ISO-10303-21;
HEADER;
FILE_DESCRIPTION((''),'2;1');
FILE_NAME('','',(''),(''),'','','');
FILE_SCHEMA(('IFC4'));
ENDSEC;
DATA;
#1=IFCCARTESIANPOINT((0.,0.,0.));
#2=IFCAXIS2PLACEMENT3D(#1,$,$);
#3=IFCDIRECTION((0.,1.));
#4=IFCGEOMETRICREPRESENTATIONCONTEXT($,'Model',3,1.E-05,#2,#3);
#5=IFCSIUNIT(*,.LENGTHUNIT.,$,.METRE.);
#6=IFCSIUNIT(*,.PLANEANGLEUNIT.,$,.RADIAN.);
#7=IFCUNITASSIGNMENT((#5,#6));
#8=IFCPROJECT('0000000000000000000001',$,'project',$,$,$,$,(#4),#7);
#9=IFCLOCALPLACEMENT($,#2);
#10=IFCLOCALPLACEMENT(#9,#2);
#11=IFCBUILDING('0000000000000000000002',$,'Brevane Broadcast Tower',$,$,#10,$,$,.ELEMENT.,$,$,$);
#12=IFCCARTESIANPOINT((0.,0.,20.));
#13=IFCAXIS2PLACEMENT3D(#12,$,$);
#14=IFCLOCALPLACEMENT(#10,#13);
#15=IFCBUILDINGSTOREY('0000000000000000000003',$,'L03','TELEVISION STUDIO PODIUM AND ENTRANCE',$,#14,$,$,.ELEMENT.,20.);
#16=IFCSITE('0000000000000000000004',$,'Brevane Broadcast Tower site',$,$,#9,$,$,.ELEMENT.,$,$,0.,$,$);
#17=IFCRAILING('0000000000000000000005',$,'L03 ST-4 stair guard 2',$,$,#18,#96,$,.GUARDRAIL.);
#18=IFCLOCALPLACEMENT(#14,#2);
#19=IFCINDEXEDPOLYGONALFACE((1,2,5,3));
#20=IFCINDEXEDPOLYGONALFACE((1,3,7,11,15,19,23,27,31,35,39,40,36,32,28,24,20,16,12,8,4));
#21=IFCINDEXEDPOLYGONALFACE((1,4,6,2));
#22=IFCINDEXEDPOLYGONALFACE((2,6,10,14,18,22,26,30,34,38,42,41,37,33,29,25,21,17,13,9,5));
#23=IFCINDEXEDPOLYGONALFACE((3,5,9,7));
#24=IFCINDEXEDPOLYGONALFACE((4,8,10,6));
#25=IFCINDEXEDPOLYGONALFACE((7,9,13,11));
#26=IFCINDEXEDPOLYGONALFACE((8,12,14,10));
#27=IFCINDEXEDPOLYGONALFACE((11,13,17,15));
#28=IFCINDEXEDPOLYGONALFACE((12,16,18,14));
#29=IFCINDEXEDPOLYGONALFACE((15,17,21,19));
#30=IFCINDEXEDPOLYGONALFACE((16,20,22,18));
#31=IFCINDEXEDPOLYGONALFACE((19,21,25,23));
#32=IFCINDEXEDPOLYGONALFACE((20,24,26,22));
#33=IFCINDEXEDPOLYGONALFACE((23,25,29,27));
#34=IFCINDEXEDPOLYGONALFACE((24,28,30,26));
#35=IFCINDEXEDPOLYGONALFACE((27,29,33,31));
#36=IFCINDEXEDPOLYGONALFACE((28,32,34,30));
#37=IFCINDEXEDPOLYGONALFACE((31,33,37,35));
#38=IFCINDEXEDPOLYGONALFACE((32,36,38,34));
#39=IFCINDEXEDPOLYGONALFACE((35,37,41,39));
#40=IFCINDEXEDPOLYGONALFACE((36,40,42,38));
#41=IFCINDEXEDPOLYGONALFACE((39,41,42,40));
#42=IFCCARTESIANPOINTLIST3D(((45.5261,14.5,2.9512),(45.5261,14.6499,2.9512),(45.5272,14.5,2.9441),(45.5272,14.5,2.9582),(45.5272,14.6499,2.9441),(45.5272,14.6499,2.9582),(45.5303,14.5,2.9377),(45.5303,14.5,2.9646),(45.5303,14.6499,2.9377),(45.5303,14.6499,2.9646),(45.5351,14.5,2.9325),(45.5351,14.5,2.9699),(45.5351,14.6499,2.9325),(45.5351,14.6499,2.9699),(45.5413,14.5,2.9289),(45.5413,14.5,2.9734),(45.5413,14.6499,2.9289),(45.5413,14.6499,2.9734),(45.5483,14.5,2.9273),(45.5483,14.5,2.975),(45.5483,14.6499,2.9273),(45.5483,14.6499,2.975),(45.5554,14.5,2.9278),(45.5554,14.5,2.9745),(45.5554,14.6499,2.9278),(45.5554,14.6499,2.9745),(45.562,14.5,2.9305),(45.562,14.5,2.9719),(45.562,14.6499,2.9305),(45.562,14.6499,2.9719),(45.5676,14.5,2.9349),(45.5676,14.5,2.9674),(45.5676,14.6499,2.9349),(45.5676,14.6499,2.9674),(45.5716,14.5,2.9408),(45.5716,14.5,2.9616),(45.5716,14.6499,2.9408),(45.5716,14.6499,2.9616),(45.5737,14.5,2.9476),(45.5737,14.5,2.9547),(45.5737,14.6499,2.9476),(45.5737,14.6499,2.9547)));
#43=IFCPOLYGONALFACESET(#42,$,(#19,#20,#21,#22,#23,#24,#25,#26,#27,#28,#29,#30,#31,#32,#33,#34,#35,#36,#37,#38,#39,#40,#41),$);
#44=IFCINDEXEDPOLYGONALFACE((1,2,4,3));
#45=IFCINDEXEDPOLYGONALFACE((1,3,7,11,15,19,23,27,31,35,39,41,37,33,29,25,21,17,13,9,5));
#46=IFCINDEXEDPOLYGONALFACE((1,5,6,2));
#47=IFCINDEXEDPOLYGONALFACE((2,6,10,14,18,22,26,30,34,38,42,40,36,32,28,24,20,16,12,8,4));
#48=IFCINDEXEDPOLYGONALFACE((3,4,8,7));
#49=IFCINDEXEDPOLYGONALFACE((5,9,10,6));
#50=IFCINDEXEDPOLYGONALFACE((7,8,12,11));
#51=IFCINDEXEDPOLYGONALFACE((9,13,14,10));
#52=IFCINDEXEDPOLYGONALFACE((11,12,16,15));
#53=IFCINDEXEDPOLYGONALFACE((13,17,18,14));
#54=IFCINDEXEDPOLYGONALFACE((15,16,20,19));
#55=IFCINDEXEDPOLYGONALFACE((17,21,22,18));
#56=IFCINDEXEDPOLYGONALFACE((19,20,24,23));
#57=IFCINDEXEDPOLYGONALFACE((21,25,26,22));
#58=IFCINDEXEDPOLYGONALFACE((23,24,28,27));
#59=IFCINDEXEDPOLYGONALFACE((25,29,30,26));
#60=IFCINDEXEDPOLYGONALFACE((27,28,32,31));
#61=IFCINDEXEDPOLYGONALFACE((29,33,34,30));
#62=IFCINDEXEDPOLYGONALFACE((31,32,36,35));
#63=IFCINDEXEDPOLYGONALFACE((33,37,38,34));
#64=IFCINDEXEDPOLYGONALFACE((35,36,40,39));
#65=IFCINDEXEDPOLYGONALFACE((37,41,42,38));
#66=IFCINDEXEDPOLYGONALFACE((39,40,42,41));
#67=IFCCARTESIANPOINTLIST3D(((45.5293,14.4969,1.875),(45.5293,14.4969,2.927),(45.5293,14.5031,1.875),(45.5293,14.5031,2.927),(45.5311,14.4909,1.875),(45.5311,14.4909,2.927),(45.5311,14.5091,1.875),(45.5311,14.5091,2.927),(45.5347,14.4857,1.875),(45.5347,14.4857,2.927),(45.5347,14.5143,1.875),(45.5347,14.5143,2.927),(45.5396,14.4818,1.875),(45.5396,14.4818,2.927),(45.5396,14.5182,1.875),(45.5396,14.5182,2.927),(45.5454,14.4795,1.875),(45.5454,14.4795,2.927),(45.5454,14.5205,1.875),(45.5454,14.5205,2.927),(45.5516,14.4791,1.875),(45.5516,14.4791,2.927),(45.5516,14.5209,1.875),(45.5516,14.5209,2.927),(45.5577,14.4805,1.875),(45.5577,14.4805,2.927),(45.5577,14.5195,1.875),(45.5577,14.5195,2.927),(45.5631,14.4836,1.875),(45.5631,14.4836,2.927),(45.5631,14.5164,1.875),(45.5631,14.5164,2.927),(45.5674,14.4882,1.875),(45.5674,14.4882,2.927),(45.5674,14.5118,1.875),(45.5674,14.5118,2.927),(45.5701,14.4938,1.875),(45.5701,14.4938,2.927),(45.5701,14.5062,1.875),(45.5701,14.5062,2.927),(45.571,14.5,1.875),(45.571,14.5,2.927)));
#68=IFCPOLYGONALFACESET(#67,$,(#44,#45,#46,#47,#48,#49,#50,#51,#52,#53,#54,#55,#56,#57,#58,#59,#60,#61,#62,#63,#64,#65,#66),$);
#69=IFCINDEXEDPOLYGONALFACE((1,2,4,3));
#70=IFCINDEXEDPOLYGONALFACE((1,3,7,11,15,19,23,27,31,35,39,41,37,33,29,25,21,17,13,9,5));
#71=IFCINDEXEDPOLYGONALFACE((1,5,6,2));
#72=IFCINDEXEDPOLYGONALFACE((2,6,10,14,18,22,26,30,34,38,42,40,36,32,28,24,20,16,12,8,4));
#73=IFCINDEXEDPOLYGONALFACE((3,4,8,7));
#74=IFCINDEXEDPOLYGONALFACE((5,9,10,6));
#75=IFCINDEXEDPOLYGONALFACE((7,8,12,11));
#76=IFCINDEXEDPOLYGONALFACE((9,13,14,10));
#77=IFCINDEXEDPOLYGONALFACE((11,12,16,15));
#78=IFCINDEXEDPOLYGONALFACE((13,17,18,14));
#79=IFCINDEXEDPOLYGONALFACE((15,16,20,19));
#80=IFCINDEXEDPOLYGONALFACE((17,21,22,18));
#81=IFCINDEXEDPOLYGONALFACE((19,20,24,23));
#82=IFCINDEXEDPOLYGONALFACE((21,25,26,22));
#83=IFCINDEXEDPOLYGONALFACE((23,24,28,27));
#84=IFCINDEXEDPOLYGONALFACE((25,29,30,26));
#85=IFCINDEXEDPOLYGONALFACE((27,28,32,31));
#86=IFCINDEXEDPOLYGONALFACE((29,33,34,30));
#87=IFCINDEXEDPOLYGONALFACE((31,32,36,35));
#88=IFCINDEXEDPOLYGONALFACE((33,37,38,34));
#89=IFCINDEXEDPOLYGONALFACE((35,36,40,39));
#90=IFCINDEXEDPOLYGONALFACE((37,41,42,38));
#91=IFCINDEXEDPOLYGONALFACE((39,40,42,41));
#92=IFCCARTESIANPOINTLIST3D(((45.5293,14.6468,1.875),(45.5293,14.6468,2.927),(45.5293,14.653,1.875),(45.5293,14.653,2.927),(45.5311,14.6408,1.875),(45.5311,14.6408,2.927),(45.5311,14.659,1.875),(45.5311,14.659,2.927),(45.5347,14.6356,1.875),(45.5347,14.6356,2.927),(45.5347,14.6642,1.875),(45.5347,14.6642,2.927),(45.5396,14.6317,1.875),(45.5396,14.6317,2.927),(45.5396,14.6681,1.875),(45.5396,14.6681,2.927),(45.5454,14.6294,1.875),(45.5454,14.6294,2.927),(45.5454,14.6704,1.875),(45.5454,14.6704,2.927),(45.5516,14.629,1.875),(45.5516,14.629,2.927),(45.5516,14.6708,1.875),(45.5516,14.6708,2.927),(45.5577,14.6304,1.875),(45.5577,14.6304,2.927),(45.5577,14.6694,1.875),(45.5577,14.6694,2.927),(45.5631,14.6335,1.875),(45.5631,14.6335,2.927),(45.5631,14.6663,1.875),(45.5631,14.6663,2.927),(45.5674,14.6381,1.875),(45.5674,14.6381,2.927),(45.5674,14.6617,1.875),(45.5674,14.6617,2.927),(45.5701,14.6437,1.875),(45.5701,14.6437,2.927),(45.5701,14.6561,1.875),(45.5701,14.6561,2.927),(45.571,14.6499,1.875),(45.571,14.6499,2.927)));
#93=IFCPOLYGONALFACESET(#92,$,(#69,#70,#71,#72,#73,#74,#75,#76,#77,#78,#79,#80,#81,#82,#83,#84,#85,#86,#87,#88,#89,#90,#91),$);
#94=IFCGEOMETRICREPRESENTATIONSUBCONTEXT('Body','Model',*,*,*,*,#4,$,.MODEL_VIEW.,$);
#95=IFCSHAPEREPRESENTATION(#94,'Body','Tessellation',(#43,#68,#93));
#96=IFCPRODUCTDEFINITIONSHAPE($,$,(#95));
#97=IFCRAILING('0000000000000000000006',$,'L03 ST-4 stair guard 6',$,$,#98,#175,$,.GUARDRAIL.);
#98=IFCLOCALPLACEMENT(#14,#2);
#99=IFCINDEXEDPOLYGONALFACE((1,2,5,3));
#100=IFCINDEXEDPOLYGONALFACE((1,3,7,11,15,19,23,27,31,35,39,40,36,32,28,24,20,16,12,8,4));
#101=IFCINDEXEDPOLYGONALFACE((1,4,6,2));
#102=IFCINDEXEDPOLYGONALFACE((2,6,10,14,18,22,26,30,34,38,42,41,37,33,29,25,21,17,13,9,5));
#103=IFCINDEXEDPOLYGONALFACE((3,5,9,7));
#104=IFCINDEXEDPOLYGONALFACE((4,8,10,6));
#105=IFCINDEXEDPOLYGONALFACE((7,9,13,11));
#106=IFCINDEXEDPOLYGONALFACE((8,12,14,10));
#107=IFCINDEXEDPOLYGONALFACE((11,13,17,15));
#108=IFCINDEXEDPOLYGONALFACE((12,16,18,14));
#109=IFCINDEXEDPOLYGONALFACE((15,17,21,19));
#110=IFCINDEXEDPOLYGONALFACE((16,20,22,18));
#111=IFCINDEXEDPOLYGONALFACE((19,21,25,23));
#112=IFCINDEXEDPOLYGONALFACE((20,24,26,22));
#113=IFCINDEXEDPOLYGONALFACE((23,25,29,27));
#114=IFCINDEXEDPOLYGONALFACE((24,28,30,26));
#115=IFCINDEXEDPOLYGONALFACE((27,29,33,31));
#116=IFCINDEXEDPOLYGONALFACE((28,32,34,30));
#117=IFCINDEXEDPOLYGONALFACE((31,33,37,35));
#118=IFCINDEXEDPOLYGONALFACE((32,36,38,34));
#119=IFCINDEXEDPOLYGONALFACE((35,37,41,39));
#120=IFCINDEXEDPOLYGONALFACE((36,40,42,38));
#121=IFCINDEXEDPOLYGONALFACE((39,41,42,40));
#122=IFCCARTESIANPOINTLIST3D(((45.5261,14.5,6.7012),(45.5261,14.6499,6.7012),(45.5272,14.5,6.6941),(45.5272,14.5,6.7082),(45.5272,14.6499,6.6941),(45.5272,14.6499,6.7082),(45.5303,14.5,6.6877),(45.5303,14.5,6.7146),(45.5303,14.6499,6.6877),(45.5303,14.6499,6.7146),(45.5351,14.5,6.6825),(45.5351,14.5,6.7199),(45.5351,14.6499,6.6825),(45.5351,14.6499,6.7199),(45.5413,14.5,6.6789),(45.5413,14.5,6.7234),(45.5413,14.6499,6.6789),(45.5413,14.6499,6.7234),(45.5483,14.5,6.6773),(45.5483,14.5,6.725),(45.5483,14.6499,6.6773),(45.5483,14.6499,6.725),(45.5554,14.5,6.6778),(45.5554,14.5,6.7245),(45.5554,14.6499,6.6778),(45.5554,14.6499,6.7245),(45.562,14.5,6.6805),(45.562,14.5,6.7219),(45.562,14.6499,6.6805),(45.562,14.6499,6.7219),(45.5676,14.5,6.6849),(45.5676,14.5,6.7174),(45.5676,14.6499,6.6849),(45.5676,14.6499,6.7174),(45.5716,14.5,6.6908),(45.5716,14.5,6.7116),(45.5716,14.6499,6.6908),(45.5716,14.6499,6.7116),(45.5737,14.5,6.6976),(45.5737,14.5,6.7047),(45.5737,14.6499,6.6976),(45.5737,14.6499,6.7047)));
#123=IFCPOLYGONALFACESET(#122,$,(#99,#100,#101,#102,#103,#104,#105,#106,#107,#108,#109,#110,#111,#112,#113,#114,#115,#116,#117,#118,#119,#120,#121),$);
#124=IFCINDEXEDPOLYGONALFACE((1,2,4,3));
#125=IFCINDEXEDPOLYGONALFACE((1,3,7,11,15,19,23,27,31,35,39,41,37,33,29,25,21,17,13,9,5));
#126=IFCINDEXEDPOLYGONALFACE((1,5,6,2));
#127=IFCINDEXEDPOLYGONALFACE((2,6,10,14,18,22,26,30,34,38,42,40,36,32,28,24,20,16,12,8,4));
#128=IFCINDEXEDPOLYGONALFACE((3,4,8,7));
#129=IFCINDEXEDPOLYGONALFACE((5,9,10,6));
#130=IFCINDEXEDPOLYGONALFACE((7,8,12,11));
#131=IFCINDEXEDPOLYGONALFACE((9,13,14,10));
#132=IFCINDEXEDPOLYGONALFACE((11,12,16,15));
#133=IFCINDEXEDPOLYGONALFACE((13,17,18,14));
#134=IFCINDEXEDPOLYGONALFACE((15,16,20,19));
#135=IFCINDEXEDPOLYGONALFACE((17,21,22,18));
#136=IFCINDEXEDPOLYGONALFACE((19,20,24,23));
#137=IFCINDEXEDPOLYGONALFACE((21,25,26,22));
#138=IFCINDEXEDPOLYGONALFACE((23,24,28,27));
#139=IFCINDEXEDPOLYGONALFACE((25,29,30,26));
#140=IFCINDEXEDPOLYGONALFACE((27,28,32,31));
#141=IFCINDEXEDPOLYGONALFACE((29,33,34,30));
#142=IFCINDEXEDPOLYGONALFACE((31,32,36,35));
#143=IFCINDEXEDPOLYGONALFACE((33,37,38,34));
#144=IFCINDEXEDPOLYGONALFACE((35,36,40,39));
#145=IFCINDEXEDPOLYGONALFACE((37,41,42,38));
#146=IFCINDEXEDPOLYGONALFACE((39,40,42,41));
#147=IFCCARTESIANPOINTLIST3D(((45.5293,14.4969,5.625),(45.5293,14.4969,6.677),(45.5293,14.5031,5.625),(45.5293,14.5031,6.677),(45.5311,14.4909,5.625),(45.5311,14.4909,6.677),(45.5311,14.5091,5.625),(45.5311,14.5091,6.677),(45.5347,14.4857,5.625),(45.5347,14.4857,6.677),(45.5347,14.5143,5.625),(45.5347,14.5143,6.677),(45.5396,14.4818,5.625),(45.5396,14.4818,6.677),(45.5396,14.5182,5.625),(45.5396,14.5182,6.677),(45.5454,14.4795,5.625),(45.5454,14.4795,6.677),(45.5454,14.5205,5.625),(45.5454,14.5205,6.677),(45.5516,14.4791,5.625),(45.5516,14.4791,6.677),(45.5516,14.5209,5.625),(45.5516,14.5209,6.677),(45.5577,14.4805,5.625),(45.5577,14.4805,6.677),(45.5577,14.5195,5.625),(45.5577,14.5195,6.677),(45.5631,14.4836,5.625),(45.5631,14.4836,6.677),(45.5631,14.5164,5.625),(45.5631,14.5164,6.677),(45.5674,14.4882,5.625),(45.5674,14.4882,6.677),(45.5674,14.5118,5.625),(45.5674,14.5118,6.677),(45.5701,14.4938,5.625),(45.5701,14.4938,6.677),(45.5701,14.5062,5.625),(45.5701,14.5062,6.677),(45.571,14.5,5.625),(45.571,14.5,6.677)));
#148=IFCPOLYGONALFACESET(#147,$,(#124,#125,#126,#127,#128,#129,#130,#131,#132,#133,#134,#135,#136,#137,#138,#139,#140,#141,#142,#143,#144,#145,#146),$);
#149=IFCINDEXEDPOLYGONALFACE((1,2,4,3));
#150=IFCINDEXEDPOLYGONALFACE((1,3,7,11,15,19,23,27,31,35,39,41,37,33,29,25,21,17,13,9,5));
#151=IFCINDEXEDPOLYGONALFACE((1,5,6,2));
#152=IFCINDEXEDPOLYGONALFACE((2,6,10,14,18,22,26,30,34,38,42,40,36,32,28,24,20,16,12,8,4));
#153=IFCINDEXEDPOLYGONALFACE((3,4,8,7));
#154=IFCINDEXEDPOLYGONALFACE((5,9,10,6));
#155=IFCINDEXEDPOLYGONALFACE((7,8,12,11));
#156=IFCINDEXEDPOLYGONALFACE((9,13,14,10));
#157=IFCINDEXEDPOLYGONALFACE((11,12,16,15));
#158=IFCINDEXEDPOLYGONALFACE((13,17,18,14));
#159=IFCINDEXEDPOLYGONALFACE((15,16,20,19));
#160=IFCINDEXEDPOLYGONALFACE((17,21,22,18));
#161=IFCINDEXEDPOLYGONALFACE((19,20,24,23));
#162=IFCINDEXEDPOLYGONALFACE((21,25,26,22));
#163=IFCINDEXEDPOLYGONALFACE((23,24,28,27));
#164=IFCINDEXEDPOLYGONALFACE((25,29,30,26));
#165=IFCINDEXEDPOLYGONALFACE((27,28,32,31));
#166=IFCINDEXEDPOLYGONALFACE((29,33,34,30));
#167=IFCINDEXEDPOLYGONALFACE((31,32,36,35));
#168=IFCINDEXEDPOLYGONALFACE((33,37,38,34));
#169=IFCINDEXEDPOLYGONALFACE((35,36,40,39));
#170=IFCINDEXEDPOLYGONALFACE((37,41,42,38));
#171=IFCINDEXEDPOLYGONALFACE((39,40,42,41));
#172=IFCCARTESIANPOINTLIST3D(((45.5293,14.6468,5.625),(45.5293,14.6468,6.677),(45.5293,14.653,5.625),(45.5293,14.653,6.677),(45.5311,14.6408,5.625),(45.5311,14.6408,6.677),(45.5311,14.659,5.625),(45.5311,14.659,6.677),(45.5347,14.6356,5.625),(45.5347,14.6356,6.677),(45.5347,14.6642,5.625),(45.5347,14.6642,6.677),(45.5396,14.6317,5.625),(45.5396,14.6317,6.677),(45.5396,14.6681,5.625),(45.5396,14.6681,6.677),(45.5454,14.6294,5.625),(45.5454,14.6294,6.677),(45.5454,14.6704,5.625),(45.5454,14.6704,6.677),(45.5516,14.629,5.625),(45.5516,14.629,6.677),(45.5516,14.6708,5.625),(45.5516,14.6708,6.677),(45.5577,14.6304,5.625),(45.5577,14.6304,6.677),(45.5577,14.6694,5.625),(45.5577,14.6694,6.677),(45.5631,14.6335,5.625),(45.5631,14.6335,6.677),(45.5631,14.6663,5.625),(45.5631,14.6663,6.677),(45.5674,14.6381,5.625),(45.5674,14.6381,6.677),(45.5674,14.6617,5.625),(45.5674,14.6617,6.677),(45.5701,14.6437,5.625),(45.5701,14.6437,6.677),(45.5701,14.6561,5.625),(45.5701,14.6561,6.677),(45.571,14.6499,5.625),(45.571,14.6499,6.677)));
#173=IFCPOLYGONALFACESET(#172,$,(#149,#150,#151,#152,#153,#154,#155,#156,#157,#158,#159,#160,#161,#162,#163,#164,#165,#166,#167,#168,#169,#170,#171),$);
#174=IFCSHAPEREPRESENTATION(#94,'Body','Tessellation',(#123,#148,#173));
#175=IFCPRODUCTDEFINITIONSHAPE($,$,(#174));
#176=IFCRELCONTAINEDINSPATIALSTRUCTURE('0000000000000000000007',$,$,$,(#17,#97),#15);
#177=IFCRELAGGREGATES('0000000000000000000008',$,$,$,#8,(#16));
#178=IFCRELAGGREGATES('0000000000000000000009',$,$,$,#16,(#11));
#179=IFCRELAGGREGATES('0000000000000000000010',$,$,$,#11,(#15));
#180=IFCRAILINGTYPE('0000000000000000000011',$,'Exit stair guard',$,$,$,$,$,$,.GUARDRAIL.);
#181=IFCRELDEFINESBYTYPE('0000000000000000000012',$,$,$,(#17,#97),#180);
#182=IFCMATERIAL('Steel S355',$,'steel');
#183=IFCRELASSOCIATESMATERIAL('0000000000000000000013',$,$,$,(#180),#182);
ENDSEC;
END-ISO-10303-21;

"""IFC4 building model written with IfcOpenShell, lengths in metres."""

from ifc_helpers import new_model, si_unit, direction, frame, origin, origin_2d, place, context, subcontext, project, spatial, circle, extrude, material, type_object, element, save


model = new_model("IFC4")

# Units and contexts
model_context = context("Model", 3, precision=1e-05, world=origin(), true_north=direction((0.0, 1.0)))
body_context = subcontext(model_context, "Body", "Model", "MODEL_VIEW")
ifc_project = project(units=[si_unit("LENGTHUNIT", "METRE"), si_unit("PLANEANGLEUNIT", "RADIAN")], contexts=[model_context])

# Site, building, storey
site_placement = place(None, origin())
site = spatial("IfcSite", under=ifc_project, at=site_placement, Name="Brevane Broadcast Tower site", CompositionType="ELEMENT", RefElevation=0.0)
building_placement = place(site_placement, origin())
building = spatial("IfcBuilding", under=site, at=building_placement, Name="Brevane Broadcast Tower", CompositionType="ELEMENT")
storey_placement = place(building_placement, frame((0.0, 0.0, 20.0)))
storey = spatial("IfcBuildingStorey", under=building, at=storey_placement, Name="L03", Description="TELEVISION STUDIO PODIUM AND ENTRANCE", CompositionType="ELEMENT", Elevation=20.0)

# Shared definitions
ifc_material_1 = material(Name="Steel S355", Category="steel")

# Railings
railing_type_1 = type_object("IfcRailingType", Name="Exit stair guard", PredefinedType="GUARDRAIL", material=ifc_material_1)
for number, where, name in (
    (1, (45.55, 14.5, 1.875), "L03 ST-4 stair guard 2"),
    (2, (45.55, 14.5, 5.625), "L03 ST-4 stair guard 6"),
):
    element("IfcRailing", number, at=place(storey_placement, frame(where)), inside=storey, type_object=railing_type_1, Name=name, PredefinedType="GUARDRAIL", context=body_context, shape_type="SweptSolid", body=[
        extrude(circle(Radius=0.0239, at=origin_2d()), frame((0.0, 0.0, 1.0762), z_axis=(0.0, 1.0, 0.0), x_axis=(-1.0, 0.0, 0.0)), (0.0, 0.0, 1.0), 0.1499),
        extrude(circle(Radius=0.021, at=origin_2d()), origin(), (0.0, 0.0, 1.0), 1.052),
        extrude(circle(Radius=0.021, at=origin_2d()), frame((0.0, 0.1499, 0.0)), (0.0, 0.0, 1.0), 1.052),
    ])

save(model, "model.ifc")
